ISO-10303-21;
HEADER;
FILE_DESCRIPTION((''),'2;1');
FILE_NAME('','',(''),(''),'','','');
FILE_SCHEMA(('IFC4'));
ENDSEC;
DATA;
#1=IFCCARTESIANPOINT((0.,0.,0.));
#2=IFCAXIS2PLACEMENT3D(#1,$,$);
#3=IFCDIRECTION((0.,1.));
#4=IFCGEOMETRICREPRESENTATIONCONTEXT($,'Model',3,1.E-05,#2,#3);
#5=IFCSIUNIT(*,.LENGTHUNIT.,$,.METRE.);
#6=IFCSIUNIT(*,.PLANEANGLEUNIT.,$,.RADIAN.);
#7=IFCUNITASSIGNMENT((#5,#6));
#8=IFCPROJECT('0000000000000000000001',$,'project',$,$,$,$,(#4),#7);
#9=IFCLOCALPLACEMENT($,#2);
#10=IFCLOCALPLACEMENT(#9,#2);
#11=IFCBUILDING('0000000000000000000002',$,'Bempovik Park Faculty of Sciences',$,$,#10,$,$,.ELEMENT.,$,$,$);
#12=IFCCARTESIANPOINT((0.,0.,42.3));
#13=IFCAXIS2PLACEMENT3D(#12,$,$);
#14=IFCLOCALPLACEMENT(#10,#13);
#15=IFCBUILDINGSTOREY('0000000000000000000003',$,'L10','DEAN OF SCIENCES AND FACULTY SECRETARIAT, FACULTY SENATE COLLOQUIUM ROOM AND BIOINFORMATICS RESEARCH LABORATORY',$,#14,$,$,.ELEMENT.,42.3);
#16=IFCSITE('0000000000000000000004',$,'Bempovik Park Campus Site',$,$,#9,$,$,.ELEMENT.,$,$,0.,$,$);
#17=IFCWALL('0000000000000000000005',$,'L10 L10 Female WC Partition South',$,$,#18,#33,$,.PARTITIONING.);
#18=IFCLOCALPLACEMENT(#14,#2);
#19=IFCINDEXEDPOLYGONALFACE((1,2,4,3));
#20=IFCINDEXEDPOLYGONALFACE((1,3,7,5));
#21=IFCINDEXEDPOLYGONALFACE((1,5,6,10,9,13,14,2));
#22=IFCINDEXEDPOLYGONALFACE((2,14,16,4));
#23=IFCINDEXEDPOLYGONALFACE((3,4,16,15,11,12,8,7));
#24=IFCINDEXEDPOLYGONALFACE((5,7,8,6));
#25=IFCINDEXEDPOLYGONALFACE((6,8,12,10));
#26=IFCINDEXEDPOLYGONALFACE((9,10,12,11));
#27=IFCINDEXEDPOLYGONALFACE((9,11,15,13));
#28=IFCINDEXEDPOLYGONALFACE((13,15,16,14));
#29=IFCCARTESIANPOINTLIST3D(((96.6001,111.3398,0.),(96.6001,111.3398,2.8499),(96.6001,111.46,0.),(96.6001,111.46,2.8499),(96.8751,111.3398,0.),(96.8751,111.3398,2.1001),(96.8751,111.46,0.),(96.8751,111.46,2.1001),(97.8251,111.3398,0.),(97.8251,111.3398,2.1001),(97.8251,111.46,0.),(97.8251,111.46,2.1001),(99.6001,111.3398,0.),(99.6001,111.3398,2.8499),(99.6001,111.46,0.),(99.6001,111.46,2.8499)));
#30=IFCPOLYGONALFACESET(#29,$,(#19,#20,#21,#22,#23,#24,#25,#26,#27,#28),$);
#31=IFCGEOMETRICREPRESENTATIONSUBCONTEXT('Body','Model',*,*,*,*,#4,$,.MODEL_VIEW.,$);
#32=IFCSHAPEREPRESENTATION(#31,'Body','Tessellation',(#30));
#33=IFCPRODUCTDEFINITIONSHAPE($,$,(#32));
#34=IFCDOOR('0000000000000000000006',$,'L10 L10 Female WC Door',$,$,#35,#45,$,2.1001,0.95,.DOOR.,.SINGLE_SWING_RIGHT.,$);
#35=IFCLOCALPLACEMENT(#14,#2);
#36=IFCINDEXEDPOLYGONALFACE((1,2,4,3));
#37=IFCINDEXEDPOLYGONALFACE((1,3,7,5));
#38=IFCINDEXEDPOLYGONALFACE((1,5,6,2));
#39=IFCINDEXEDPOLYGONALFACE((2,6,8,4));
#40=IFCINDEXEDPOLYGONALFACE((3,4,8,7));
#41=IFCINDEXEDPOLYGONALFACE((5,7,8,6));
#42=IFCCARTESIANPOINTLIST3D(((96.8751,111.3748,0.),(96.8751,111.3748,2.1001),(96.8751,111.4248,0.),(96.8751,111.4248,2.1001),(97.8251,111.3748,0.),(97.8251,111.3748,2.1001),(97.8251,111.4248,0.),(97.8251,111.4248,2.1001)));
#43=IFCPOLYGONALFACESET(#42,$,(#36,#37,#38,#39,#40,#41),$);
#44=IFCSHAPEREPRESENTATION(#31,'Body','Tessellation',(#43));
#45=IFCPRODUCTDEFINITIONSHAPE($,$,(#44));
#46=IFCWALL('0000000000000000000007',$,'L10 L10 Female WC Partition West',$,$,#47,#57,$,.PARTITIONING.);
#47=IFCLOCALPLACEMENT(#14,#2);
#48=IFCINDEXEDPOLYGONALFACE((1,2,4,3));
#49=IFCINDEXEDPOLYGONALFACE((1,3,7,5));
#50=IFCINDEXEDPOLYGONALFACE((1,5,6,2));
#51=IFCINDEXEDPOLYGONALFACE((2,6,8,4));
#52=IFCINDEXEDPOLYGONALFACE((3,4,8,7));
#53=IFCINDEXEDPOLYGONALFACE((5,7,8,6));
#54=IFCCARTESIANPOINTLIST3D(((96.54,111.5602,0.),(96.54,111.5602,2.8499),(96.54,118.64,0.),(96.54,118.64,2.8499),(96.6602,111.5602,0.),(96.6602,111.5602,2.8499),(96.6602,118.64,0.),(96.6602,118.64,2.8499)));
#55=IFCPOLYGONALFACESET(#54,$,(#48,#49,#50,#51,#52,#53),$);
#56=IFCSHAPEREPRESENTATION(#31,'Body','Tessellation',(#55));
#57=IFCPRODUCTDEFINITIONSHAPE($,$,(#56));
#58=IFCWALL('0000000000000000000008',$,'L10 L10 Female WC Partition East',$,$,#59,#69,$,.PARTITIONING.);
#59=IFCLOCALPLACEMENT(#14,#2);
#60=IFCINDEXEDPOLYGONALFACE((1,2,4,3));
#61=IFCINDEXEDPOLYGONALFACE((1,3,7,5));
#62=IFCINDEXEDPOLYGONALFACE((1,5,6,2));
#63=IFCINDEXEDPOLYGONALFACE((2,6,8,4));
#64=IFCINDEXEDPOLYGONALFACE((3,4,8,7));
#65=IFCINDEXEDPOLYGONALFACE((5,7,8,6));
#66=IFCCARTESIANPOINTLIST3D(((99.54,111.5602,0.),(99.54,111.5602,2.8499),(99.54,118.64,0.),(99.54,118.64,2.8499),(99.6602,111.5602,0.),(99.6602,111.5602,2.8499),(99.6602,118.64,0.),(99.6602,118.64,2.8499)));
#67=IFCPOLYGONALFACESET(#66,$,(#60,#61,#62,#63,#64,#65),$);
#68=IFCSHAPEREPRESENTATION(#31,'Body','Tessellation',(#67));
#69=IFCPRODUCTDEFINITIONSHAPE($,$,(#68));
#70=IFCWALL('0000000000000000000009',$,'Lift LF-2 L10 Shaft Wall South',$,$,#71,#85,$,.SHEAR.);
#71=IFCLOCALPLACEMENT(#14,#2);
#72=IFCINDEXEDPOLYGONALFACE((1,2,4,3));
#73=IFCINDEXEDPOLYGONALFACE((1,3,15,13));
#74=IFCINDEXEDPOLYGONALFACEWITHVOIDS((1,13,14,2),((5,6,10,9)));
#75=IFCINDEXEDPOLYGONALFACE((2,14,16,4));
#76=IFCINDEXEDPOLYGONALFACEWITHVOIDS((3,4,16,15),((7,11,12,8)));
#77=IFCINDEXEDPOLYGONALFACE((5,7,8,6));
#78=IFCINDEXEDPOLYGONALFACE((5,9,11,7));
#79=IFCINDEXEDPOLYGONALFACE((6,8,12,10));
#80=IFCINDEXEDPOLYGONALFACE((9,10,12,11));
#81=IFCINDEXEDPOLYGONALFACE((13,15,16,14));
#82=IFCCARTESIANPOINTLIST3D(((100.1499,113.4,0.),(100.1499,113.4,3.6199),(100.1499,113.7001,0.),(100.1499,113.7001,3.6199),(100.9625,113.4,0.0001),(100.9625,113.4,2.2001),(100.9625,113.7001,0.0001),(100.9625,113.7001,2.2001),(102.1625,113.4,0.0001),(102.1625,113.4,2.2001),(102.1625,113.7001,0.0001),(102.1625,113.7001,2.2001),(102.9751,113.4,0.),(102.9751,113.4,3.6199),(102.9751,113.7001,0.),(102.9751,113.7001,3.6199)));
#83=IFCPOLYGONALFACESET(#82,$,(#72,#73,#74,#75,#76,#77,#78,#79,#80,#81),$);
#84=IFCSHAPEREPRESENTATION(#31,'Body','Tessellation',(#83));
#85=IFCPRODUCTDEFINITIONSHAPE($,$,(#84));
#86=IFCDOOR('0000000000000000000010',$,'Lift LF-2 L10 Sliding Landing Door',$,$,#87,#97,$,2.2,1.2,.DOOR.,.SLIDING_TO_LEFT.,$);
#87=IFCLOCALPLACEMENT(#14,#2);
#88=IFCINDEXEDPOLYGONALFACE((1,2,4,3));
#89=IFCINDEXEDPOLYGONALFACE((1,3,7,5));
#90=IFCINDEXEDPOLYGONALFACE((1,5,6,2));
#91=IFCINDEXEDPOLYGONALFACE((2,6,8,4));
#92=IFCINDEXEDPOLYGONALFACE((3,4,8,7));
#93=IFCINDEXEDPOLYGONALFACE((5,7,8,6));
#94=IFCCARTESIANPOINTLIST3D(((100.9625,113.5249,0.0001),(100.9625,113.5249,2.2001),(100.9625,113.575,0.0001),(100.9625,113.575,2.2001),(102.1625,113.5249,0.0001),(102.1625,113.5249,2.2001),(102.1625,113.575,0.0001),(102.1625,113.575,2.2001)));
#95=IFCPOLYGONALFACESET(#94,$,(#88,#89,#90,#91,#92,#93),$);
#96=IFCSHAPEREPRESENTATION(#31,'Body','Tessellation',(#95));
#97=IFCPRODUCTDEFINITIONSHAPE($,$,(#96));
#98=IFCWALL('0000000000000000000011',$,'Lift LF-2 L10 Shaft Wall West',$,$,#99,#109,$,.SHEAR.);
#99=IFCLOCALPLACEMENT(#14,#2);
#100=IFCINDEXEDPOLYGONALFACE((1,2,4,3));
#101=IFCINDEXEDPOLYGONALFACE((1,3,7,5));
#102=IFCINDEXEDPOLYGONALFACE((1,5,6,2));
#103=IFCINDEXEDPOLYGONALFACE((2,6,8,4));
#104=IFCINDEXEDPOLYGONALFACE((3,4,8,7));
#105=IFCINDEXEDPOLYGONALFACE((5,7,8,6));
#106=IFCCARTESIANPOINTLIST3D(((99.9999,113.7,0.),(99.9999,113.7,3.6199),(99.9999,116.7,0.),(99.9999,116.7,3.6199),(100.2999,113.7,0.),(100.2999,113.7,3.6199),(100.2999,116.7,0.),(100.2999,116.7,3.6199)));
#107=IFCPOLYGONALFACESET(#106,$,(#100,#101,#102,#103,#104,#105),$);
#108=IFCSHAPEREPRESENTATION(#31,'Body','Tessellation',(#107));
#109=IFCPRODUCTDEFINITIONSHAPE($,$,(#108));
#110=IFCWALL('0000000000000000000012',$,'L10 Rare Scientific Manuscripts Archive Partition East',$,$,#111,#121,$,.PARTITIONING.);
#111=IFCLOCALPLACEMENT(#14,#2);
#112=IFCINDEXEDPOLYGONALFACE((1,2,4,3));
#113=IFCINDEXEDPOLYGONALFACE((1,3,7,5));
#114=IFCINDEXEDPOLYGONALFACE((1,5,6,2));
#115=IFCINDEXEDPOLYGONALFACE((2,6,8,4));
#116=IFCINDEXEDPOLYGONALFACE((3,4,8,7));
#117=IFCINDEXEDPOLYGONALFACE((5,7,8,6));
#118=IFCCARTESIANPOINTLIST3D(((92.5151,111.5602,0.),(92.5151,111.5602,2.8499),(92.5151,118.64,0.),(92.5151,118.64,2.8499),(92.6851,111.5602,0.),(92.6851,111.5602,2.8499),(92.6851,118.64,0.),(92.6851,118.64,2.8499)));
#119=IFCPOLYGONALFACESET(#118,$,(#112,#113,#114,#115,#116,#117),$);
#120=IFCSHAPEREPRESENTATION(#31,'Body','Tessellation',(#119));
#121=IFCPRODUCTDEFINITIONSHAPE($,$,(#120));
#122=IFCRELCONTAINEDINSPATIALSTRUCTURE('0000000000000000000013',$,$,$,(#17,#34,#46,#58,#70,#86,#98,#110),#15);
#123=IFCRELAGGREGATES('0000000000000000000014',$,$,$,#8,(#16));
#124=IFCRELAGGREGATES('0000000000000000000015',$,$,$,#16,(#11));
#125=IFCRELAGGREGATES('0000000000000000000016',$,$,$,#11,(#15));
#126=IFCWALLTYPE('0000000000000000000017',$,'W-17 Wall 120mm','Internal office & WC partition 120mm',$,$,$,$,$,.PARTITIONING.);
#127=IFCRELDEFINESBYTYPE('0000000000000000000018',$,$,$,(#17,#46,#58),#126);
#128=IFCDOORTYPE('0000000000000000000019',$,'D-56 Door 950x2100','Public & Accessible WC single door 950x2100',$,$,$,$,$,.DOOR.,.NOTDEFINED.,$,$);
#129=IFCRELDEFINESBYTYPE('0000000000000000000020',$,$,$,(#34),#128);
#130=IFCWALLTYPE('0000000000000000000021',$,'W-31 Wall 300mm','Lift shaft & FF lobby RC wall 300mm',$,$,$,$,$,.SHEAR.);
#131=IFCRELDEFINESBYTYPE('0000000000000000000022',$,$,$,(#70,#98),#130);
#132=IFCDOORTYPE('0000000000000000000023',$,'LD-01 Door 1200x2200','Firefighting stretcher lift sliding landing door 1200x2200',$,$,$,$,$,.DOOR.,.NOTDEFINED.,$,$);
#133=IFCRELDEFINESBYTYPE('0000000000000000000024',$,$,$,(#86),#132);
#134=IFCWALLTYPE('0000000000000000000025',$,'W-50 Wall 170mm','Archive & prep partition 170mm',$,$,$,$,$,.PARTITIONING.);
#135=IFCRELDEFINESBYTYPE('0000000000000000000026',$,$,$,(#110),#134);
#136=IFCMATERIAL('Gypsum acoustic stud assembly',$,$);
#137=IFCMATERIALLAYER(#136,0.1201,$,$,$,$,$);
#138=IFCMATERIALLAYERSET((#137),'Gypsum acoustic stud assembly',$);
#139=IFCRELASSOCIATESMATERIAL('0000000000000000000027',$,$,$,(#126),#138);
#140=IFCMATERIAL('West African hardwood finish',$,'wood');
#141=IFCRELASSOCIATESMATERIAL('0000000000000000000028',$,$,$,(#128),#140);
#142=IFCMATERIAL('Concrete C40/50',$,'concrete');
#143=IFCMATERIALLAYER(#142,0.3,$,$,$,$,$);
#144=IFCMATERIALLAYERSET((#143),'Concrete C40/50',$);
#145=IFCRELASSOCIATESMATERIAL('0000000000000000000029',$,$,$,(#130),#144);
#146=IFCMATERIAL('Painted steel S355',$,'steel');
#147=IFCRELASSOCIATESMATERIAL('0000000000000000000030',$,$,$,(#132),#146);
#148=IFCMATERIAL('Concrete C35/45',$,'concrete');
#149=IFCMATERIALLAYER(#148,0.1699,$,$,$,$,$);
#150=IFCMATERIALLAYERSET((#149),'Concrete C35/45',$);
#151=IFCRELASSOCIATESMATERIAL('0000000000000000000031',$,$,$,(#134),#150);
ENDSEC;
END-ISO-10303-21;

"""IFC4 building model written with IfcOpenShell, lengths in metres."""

from ifc_helpers import new_model, si_unit, direction, frame, frame_2d, origin, place, context, subcontext, project, spatial, rectangle, extrude, material, layer, layer_set, type_object, element, fill, save


model = new_model("IFC4")

# Units and contexts
model_context = context("Model", 3, precision=1e-05, world=origin(), true_north=direction((0.0, 1.0)))
body_context = subcontext(model_context, "Body", "Model", "MODEL_VIEW")
ifc_project = project(units=[si_unit("LENGTHUNIT", "METRE"), si_unit("PLANEANGLEUNIT", "RADIAN")], contexts=[model_context])

# Site, building, storey
site_placement = place(None, origin())
site = spatial("IfcSite", under=ifc_project, at=site_placement, Name="Bempovik Park Campus Site", CompositionType="ELEMENT", RefElevation=0.0)
building_placement = place(site_placement, origin())
building = spatial("IfcBuilding", under=site, at=building_placement, Name="Bempovik Park Faculty of Sciences", CompositionType="ELEMENT")
storey_placement = place(building_placement, frame((0.0, 0.0, 42.3)))
storey = spatial("IfcBuildingStorey", under=building, at=storey_placement, Name="L10", Description="DEAN OF SCIENCES AND FACULTY SECRETARIAT, FACULTY SENATE COLLOQUIUM ROOM AND BIOINFORMATICS RESEARCH LABORATORY", CompositionType="ELEMENT", Elevation=42.3)

# Shared definitions
ifc_material_1 = material(Name="Concrete C40/50", Category="concrete")

# Shared definitions
ifc_material_2 = material(Name="Concrete C35/45", Category="concrete")

# Shared definitions
ifc_material_3 = material(Name="Gypsum acoustic stud assembly")
ifc_layer_1 = layer(ifc_material_3, 0.1201)
ifc_layer_set_1 = layer_set([ifc_layer_1], Name="Gypsum acoustic stud assembly")
wall_type_1 = type_object("IfcWallType", Name="W-17 Wall 120mm", Description="Internal office & WC partition 120mm", PredefinedType="PARTITIONING", material=ifc_layer_set_1)
ifc_material_4 = material(Name="West African hardwood finish", Category="wood")
door_type_1 = type_object("IfcDoorType", Name="D-56 Door 950x2100", Description="Public & Accessible WC single door 950x2100", OperationType="NOTDEFINED", PredefinedType="DOOR", material=ifc_material_4)

# Wall, opening, door
wall_1_placement = place(storey_placement, frame((96.6001, 111.3999, 0.0), z_axis=(0.0, 0.0, 1.0), x_axis=(1.0, 0.0, 0.0)))
wall_1 = element("IfcWall", 1, at=wall_1_placement, inside=storey, type_object=wall_type_1, Name="L10 L10 Female WC Partition South", PredefinedType="PARTITIONING", context=body_context, shape_type="SweptSolid", body=[
    extrude(rectangle(XDim=3.0, YDim=0.1201, at=frame_2d((1.5, 0.0))), origin(), (0.0, 0.0, 1.0), 2.8499),
])
opening_1_placement = place(wall_1_placement, frame((0.2749, 0.0, 0.0)))
opening_1 = element("IfcOpeningElement", 2, at=opening_1_placement, cuts=wall_1, PredefinedType="OPENING", context=body_context, shape_type="SweptSolid", body=[
    extrude(rectangle(XDim=0.95, YDim=2.1001, at=frame_2d((0.4751, 1.05))), frame((0.0, 0.0701, 0.0), z_axis=(0.0, -1.0, 0.0), x_axis=(1.0, 0.0, 0.0)), (0.0, 0.0, 1.0), 0.1401),
])
door_1_placement = place(opening_1_placement, origin())
door_1 = element("IfcDoor", 3, at=door_1_placement, inside=storey, type_object=door_type_1, Name="L10 L10 Female WC Door", OperationType="SINGLE_SWING_RIGHT", OverallHeight=2.1001, OverallWidth=0.95, PredefinedType="DOOR", context=body_context, shape_type="SweptSolid", body=[
    extrude(rectangle(XDim=0.95, YDim=2.1001, at=frame_2d((0.4751, 1.05))), frame((0.0, 0.0249, 0.0), z_axis=(0.0, -1.0, 0.0), x_axis=(1.0, 0.0, 0.0)), (0.0, 0.0, 1.0), 0.05),
])
fill(opening_1, door_1)

# Walls
for number, where, z_axis, x_axis, name in (
    (4, (96.6001, 111.5601, 0.0), (0.0, 0.0, 1.0), (0.0, 1.0, 0.0), "L10 L10 Female WC Partition West"),
    (5, (99.6001, 111.5601, 0.0), (0.0, 0.0, 1.0), (0.0, 1.0, 0.0), "L10 L10 Female WC Partition East"),
):
    element("IfcWall", number, at=place(storey_placement, frame(where, z_axis=z_axis, x_axis=x_axis)), inside=storey, type_object=wall_type_1, Name=name, PredefinedType="PARTITIONING", context=body_context, shape_type="SweptSolid", body=[
        extrude(rectangle(XDim=7.0798, YDim=0.1201, at=frame_2d((3.54, 0.0))), origin(), (0.0, 0.0, 1.0), 2.8499),
    ])

# Wall, opening, door
ifc_layer_2 = layer(ifc_material_1, 0.3)
ifc_layer_set_2 = layer_set([ifc_layer_2], Name="Concrete C40/50")
wall_type_2 = type_object("IfcWallType", Name="W-31 Wall 300mm", Description="Lift shaft & FF lobby RC wall 300mm", PredefinedType="SHEAR", material=ifc_layer_set_2)
wall_2_placement = place(storey_placement, frame((100.1499, 113.55, 0.0), z_axis=(0.0, 0.0, 1.0), x_axis=(1.0, 0.0, 0.0)))
wall_2 = element("IfcWall", 6, at=wall_2_placement, inside=storey, type_object=wall_type_2, Name="Lift LF-2 L10 Shaft Wall South", PredefinedType="SHEAR", context=body_context, shape_type="SweptSolid", body=[
    extrude(rectangle(XDim=2.8252, YDim=0.3, at=frame_2d((1.4126, 0.0))), origin(), (0.0, 0.0, 1.0), 3.6199),
])
opening_2_placement = place(wall_2_placement, frame((0.8125, 0.0, 0.0)))
opening_2 = element("IfcOpeningElement", 7, at=opening_2_placement, cuts=wall_2, PredefinedType="OPENING", context=body_context, shape_type="SweptSolid", body=[
    extrude(rectangle(XDim=1.2, YDim=2.2, at=frame_2d((0.6001, 1.1001))), frame((0.0, 0.1602, 0.0), z_axis=(0.0, -1.0, 0.0), x_axis=(1.0, 0.0, 0.0)), (0.0, 0.0, 1.0), 0.3201),
])
ifc_material_5 = material(Name="Painted steel S355", Category="steel")
door_type_2 = type_object("IfcDoorType", Name="LD-01 Door 1200x2200", Description="Firefighting stretcher lift sliding landing door 1200x2200", OperationType="NOTDEFINED", PredefinedType="DOOR", material=ifc_material_5)
door_2_placement = place(opening_2_placement, origin())
door_2 = element("IfcDoor", 8, at=door_2_placement, inside=storey, type_object=door_type_2, Name="Lift LF-2 L10 Sliding Landing Door", OperationType="SLIDING_TO_LEFT", OverallHeight=2.2, OverallWidth=1.2, PredefinedType="DOOR", context=body_context, shape_type="SweptSolid", body=[
    extrude(rectangle(XDim=1.2, YDim=2.2, at=frame_2d((0.6001, 1.1001))), frame((0.0, 0.0249, 0.0), z_axis=(0.0, -1.0, 0.0), x_axis=(1.0, 0.0, 0.0)), (0.0, 0.0, 1.0), 0.05),
])
fill(opening_2, door_2)

# Walls
wall_3_placement = place(storey_placement, frame((100.1499, 113.7, 0.0), z_axis=(0.0, 0.0, 1.0), x_axis=(0.0, 1.0, 0.0)))
element("IfcWall", 9, at=wall_3_placement, inside=storey, type_object=wall_type_2, Name="Lift LF-2 L10 Shaft Wall West", PredefinedType="SHEAR", context=body_context, shape_type="SweptSolid", body=[
    extrude(rectangle(XDim=3.0, YDim=0.3, at=frame_2d((1.5, 0.0))), origin(), (0.0, 0.0, 1.0), 3.6199),
])
ifc_layer_3 = layer(ifc_material_2, 0.1699)
ifc_layer_set_3 = layer_set([ifc_layer_3], Name="Concrete C35/45")
wall_type_3 = type_object("IfcWallType", Name="W-50 Wall 170mm", Description="Archive & prep partition 170mm", PredefinedType="PARTITIONING", material=ifc_layer_set_3)
wall_4_placement = place(storey_placement, frame((92.6001, 111.5601, 0.0), z_axis=(0.0, 0.0, 1.0), x_axis=(0.0, 1.0, 0.0)))
element("IfcWall", 10, at=wall_4_placement, inside=storey, type_object=wall_type_3, Name="L10 Rare Scientific Manuscripts Archive Partition East", PredefinedType="PARTITIONING", context=body_context, shape_type="SweptSolid", body=[
    extrude(rectangle(XDim=7.0798, YDim=0.1699, at=frame_2d((3.54, 0.0))), origin(), (0.0, 0.0, 1.0), 2.8499),
])

save(model, "model.ifc")
